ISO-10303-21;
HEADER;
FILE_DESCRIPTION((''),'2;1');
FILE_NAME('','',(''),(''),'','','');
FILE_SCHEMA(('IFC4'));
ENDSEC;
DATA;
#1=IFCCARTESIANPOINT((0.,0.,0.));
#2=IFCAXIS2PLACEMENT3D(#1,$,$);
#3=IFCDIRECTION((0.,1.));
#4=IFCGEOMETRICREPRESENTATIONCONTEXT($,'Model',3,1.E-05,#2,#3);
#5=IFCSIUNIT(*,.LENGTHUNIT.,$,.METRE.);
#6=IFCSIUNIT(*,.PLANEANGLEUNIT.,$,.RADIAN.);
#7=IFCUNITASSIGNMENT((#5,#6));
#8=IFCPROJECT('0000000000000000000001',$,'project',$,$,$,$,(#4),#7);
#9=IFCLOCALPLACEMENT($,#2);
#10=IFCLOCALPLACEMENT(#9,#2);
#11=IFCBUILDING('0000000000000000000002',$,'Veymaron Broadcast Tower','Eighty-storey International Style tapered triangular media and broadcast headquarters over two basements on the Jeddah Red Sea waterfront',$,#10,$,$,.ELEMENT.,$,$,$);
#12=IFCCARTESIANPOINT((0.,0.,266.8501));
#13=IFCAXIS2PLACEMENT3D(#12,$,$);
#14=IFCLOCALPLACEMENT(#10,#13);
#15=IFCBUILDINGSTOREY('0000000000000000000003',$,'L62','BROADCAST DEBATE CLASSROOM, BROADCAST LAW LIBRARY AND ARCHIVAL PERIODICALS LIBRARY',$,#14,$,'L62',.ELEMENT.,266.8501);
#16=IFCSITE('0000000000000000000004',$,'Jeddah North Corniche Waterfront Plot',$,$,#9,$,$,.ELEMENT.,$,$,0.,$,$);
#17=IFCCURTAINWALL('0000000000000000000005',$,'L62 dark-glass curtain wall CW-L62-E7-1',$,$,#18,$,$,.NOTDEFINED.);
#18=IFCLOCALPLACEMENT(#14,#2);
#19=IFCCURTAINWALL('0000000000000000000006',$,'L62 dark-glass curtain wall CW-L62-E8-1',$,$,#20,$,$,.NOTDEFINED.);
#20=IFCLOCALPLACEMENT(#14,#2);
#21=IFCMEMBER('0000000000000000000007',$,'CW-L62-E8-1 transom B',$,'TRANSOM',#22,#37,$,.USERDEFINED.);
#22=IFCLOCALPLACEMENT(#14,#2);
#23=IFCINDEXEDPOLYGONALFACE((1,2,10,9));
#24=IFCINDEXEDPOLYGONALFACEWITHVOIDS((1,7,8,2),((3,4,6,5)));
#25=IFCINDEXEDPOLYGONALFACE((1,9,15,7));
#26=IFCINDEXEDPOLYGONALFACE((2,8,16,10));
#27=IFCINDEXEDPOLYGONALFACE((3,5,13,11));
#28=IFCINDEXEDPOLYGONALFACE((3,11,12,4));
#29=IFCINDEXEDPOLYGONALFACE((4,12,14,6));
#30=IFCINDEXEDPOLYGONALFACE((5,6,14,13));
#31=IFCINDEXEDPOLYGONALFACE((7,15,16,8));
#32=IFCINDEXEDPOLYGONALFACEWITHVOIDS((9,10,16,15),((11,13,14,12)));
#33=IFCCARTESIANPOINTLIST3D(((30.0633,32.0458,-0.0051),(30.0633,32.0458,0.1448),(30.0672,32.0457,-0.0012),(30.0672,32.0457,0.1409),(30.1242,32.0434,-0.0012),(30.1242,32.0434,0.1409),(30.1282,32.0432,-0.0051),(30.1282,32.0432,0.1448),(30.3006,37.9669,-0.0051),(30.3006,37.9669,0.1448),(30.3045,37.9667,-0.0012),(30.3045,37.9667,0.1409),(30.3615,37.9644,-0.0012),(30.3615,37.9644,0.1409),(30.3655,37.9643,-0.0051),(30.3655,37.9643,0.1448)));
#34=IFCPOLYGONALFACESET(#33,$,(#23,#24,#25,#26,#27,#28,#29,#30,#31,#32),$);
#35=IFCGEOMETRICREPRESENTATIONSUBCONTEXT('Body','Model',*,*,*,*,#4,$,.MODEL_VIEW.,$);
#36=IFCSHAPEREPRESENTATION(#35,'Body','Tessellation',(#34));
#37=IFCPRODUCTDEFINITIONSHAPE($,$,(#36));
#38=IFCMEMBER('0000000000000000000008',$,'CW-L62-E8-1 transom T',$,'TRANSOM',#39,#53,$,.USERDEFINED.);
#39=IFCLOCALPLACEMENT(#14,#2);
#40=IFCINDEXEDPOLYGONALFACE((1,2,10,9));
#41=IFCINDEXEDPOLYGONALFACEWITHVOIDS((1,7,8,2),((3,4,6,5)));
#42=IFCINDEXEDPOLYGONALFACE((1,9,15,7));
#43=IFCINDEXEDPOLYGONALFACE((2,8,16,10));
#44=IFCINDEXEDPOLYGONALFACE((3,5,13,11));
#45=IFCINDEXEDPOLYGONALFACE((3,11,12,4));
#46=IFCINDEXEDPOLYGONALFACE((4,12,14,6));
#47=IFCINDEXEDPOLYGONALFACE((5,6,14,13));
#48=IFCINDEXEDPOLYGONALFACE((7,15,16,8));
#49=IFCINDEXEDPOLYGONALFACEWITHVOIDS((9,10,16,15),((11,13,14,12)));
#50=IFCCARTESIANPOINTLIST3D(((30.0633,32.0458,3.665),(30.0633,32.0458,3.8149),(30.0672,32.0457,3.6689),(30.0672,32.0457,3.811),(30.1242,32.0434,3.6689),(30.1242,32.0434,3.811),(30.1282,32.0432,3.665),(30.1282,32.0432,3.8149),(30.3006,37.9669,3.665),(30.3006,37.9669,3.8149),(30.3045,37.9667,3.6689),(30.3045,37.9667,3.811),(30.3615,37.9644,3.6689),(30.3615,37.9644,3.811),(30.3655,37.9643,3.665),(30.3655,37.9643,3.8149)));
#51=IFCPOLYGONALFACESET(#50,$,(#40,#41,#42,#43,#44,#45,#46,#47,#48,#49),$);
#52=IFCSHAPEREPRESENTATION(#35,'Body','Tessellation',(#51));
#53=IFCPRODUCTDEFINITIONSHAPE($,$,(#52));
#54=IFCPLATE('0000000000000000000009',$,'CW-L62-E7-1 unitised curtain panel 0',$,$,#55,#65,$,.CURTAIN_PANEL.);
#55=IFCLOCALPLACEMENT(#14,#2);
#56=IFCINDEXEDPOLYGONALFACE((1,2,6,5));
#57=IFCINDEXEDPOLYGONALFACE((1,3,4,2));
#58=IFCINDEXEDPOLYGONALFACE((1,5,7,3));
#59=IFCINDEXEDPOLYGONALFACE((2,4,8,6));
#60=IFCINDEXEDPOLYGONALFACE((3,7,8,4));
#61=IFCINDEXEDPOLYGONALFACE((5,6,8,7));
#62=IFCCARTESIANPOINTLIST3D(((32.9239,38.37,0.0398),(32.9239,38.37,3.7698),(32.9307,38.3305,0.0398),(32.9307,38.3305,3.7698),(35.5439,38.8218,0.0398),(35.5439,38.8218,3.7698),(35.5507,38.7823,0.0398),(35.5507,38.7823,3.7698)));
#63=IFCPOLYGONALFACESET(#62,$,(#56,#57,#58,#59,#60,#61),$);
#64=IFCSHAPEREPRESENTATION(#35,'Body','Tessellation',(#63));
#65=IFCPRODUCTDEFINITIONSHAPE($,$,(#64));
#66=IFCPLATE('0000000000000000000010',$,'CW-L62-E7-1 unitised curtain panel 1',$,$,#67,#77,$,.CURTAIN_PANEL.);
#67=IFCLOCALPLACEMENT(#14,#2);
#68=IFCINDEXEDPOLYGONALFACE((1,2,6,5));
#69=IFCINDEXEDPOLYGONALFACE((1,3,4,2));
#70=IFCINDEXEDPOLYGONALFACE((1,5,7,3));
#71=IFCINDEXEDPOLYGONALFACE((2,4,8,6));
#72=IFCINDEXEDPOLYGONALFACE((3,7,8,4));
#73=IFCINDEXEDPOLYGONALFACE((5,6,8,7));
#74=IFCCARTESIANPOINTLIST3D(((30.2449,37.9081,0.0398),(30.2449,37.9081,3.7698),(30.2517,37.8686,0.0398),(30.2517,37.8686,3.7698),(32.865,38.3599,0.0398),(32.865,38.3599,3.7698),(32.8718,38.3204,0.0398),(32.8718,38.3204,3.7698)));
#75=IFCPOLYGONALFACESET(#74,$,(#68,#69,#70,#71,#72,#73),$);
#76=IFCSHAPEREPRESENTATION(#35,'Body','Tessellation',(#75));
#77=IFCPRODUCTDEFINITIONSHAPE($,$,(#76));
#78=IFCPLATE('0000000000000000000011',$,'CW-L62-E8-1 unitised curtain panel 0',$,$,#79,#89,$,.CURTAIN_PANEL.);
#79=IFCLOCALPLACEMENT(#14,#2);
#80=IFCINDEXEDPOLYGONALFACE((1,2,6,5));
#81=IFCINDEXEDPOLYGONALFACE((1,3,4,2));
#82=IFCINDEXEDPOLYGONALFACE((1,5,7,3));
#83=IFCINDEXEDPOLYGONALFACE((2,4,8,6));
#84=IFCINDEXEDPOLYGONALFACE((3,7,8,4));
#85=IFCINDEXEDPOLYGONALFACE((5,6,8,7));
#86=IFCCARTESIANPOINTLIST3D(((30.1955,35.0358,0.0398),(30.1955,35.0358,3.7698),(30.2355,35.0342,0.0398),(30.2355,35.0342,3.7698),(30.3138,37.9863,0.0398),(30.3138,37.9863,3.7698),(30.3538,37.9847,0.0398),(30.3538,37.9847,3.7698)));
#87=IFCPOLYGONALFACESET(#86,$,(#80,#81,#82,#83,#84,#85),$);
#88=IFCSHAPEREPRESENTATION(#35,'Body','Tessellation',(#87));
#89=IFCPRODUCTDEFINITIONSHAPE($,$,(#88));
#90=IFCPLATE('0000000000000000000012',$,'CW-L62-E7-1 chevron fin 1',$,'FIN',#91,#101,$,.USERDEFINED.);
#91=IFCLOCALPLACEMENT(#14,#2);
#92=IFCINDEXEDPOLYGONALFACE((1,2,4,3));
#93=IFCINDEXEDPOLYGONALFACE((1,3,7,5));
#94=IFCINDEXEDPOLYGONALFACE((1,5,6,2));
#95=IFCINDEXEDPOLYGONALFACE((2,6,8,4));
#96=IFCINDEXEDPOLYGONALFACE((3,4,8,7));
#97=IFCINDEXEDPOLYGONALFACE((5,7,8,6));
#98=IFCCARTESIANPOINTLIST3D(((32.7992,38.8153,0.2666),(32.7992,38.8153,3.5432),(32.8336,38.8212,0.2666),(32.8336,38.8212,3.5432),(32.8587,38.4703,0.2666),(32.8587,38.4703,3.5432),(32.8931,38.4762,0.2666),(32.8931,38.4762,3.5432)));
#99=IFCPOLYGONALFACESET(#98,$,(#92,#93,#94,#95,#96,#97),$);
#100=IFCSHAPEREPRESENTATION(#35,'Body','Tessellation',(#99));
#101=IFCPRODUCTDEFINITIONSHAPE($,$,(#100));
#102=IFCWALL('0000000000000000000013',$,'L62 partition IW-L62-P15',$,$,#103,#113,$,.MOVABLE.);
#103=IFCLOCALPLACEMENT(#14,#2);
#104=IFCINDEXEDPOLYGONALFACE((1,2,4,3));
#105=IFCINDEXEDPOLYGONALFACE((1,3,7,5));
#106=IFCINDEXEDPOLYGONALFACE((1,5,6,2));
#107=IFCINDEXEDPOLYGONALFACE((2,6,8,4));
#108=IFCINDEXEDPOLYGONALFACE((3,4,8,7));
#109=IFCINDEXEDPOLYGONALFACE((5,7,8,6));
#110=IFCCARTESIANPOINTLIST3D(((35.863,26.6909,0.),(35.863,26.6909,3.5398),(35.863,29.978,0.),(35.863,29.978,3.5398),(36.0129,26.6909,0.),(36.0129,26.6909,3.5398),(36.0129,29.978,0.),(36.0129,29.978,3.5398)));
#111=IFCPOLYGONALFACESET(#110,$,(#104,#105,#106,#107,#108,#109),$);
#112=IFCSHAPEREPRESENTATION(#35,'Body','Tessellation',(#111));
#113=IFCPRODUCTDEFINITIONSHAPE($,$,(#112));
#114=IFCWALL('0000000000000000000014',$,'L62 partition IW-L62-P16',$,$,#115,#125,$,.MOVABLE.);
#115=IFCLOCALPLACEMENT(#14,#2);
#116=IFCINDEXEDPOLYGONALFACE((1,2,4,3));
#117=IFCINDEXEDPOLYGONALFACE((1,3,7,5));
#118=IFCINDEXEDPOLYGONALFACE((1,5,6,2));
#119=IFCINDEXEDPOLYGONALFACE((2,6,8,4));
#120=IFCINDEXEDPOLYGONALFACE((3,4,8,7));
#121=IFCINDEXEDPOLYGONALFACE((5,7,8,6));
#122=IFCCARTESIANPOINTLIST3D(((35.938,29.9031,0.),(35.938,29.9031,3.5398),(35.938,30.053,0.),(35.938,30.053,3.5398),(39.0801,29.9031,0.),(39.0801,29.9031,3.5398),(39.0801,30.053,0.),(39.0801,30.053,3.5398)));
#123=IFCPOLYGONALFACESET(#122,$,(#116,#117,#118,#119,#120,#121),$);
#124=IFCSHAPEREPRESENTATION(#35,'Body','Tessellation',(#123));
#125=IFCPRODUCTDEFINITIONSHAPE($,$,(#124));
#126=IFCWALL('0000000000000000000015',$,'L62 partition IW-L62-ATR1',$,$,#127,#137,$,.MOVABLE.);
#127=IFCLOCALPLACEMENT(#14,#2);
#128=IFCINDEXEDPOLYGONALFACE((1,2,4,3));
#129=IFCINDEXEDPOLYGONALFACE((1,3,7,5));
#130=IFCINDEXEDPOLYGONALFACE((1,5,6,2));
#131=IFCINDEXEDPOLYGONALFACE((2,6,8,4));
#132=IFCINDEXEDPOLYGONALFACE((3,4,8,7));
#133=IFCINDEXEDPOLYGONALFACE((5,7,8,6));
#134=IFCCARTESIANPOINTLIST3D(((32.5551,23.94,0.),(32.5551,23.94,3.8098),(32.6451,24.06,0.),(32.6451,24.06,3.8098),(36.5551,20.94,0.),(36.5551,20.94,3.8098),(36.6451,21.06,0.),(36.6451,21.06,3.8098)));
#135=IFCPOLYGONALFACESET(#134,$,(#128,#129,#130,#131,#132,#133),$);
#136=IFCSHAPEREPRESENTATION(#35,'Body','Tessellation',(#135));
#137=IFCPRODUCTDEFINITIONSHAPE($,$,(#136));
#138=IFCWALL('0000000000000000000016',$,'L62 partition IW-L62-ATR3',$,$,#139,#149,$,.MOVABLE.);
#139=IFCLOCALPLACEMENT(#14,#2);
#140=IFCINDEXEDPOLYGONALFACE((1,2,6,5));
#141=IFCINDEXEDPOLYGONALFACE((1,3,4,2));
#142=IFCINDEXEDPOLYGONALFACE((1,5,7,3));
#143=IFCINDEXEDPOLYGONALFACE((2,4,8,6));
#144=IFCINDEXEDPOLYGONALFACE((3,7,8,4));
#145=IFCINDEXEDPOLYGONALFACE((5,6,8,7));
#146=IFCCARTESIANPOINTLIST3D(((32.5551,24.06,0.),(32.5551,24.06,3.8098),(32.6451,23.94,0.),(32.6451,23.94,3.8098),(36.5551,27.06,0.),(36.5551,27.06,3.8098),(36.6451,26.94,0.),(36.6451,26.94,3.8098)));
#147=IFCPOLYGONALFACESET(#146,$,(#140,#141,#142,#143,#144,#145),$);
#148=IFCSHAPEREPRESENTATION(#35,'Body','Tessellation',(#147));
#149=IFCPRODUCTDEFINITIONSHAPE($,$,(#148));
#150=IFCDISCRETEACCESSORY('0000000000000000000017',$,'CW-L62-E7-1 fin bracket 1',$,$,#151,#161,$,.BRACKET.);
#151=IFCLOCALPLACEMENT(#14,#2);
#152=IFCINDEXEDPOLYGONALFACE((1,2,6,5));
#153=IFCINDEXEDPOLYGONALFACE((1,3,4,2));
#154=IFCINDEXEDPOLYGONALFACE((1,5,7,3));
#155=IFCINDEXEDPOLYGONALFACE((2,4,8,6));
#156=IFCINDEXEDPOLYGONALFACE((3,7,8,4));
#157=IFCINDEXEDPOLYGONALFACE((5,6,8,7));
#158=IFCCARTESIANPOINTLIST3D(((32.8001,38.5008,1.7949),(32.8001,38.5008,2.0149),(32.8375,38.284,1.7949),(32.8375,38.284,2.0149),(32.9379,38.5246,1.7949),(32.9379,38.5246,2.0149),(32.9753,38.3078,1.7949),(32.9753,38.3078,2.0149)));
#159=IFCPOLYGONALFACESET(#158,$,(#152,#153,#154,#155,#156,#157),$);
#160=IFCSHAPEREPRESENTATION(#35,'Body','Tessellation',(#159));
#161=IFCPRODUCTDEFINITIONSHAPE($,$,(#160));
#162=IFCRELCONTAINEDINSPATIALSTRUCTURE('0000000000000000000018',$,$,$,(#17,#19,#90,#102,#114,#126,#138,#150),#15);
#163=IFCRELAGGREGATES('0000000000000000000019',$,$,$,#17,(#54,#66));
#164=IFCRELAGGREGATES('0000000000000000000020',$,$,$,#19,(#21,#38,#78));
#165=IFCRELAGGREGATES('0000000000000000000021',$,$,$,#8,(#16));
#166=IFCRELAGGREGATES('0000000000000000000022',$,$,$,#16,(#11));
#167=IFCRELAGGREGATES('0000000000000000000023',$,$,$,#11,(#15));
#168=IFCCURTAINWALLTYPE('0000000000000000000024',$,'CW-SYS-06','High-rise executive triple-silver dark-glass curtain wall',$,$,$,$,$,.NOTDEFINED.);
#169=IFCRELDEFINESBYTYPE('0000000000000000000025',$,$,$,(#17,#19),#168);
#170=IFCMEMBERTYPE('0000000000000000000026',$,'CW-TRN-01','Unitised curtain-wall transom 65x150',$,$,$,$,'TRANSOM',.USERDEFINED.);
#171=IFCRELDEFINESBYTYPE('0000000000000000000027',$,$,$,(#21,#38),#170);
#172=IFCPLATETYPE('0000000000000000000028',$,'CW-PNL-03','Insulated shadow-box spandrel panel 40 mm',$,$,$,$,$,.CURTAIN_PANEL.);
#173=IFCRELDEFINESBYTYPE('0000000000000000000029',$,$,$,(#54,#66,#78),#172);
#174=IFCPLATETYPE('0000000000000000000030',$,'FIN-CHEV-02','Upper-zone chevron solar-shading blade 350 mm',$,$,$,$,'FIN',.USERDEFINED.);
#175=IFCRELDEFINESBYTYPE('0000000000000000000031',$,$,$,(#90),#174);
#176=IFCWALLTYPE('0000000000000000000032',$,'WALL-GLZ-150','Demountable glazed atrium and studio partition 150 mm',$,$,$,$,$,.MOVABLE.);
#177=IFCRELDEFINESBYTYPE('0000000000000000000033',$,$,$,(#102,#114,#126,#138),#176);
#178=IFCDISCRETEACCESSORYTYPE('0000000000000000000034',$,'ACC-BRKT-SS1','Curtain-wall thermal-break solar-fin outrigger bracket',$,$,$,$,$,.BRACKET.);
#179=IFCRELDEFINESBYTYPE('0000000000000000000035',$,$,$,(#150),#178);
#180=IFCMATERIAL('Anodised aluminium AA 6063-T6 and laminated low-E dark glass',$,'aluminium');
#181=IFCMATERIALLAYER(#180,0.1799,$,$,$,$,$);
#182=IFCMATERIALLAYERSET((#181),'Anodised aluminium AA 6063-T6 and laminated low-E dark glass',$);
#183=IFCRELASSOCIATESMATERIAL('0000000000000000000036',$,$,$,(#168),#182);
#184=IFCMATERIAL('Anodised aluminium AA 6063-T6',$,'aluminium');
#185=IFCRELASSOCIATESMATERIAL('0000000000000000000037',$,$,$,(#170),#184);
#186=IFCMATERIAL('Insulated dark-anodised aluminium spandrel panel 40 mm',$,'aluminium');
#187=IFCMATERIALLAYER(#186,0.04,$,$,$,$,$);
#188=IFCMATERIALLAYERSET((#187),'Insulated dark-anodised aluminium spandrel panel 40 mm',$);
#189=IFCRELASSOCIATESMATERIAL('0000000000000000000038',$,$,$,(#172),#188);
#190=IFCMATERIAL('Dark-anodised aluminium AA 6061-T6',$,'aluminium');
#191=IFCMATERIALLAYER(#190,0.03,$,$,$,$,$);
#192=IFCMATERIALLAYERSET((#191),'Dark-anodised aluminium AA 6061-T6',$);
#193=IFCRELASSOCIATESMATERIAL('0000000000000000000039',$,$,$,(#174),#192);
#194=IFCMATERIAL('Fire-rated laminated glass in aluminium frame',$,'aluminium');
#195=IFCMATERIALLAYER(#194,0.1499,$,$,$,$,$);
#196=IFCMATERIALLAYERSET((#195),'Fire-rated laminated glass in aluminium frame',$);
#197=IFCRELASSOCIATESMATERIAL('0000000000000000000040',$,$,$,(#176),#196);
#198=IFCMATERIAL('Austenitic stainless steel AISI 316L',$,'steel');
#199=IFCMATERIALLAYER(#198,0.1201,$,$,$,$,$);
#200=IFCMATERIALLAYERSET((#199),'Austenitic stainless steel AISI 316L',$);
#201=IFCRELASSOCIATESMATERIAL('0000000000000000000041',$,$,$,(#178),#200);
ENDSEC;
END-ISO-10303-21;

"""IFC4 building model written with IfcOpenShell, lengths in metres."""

from ifc_helpers import new_model, si_unit, direction, frame, frame_2d, origin, origin_2d, place, context, subcontext, project, spatial, rectangle, hollow_rectangle, extrude, material, layer, layer_set, material_profile, profile_set, type_object, element, aggregate, save


model = new_model("IFC4")

# Units and contexts
model_context = context("Model", 3, precision=1e-05, world=origin(), true_north=direction((0.0, 1.0)))
body_context = subcontext(model_context, "Body", "Model", "MODEL_VIEW")
ifc_project = project(units=[si_unit("LENGTHUNIT", "METRE"), si_unit("PLANEANGLEUNIT", "RADIAN")], contexts=[model_context])

# Site, building, storey
site_placement = place(None, origin())
site = spatial("IfcSite", under=ifc_project, at=site_placement, Name="Jeddah North Corniche Waterfront Plot", CompositionType="ELEMENT", RefElevation=0.0)
building_placement = place(site_placement, origin())
building = spatial("IfcBuilding", under=site, at=building_placement, Name="Veymaron Broadcast Tower", Description="Eighty-storey International Style tapered triangular media and broadcast headquarters over two basements on the Jeddah Red Sea waterfront", CompositionType="ELEMENT")
storey_placement = place(building_placement, frame((0.0, 0.0, 266.8501)))
storey = spatial("IfcBuildingStorey", under=building, at=storey_placement, Name="L62", Description="BROADCAST DEBATE CLASSROOM, BROADCAST LAW LIBRARY AND ARCHIVAL PERIODICALS LIBRARY", LongName="L62", CompositionType="ELEMENT", Elevation=266.8501)

# Shared definitions
ifc_material_1 = material(Name="Anodised aluminium AA 6063-T6 and laminated low-E dark glass", Category="aluminium")
ifc_layer_1 = layer(ifc_material_1, 0.1799)
ifc_layer_set_1 = layer_set([ifc_layer_1], Name="Anodised aluminium AA 6063-T6 and laminated low-E dark glass")
curtain_wall_type = type_object("IfcCurtainWallType", Name="CW-SYS-06", Description="High-rise executive triple-silver dark-glass curtain wall", PredefinedType="NOTDEFINED", material=ifc_layer_set_1)
ifc_material_2 = material(Name="Anodised aluminium AA 6063-T6", Category="aluminium")

# Curtain wall
curtain_wall_1_placement = place(storey_placement, origin())
curtain_wall_1 = element("IfcCurtainWall", 1, at=curtain_wall_1_placement, inside=storey, type_object=curtain_wall_type, Name="L62 dark-glass curtain wall CW-L62-E7-1", PredefinedType="NOTDEFINED")

# Curtain wall
curtain_wall_2_placement = place(storey_placement, origin())
curtain_wall_2 = element("IfcCurtainWall", 2, at=curtain_wall_2_placement, inside=storey, type_object=curtain_wall_type, Name="L62 dark-glass curtain wall CW-L62-E8-1", PredefinedType="NOTDEFINED")

# Members
ifc_material_profile_1 = material_profile(ifc_material_2, hollow_rectangle(XDim=0.0649, YDim=0.1499, WallThickness=0.0039, at=origin_2d()), Name="AL150X65X4")
ifc_profile_set_1 = profile_set([ifc_material_profile_1], Name="Anodised aluminium AA 6063-T6")
member_type_1 = type_object("IfcMemberType", Name="CW-TRN-01", Description="Unitised curtain-wall transom 65x150", ElementType="TRANSOM", PredefinedType="USERDEFINED", material=ifc_profile_set_1)
member_1_placement = place(storey_placement, frame((30.333, 37.9656, 0.0698), z_axis=(-0.040045, -0.999198, 0.0), x_axis=(0.999198, -0.040045, 0.0)))
member_1 = element("IfcMember", 3, at=member_1_placement, type_object=member_type_1, Name="CW-L62-E8-1 transom B", ObjectType="TRANSOM", PredefinedType="USERDEFINED", context=body_context, shape_type="SweptSolid", body=[
    extrude(hollow_rectangle(XDim=0.0649, YDim=0.1499, WallThickness=0.0039, at=origin_2d()), origin(), (0.0, 0.0, 1.0), 5.9258),
])
member_2_placement = place(storey_placement, frame((30.333, 37.9656, 3.74), z_axis=(-0.040045, -0.999198, 0.0), x_axis=(0.999198, -0.040045, 0.0)))
member_2 = element("IfcMember", 4, at=member_2_placement, type_object=member_type_1, Name="CW-L62-E8-1 transom T", ObjectType="TRANSOM", PredefinedType="USERDEFINED", context=body_context, shape_type="SweptSolid", body=[
    extrude(hollow_rectangle(XDim=0.0649, YDim=0.1499, WallThickness=0.0039, at=origin_2d()), origin(), (0.0, 0.0, 1.0), 5.9258),
])

# Plates
ifc_material_3 = material(Name="Insulated dark-anodised aluminium spandrel panel 40 mm", Category="aluminium")
ifc_layer_2 = layer(ifc_material_3, 0.04)
ifc_layer_set_2 = layer_set([ifc_layer_2], Name="Insulated dark-anodised aluminium spandrel panel 40 mm")
plate_type_1 = type_object("IfcPlateType", Name="CW-PNL-03", Description="Insulated shadow-box spandrel panel 40 mm", PredefinedType="CURTAIN_PANEL", material=ifc_layer_set_2)
plate_1_placement = place(storey_placement, frame((34.2373, 38.5762, 0.0398), z_axis=(0.0, 0.0, 1.0), x_axis=(-0.985455, -0.169934, 0.0)))
plate_1 = element("IfcPlate", 5, at=plate_1_placement, type_object=plate_type_1, Name="CW-L62-E7-1 unitised curtain panel 0", PredefinedType="CURTAIN_PANEL", context=body_context, shape_type="SweptSolid", body=[
    extrude(rectangle(XDim=2.6587, YDim=0.04, at=origin_2d()), origin(), (0.0, 0.0, 1.0), 3.73),
])
plate_2_placement = place(storey_placement, frame((31.5583, 38.1143, 0.0398), z_axis=(0.0, 0.0, 1.0), x_axis=(-0.985455, -0.169934, 0.0)))
plate_2 = element("IfcPlate", 6, at=plate_2_placement, type_object=plate_type_1, Name="CW-L62-E7-1 unitised curtain panel 1", PredefinedType="CURTAIN_PANEL", context=body_context, shape_type="SweptSolid", body=[
    extrude(rectangle(XDim=2.6587, YDim=0.04, at=origin_2d()), origin(), (0.0, 0.0, 1.0), 3.73),
])
aggregate(curtain_wall_1, [plate_1, plate_2])
plate_3_placement = place(storey_placement, frame((30.2747, 36.5103, 0.0398), z_axis=(0.0, 0.0, 1.0), x_axis=(-0.040045, -0.999198, 0.0)))
plate_3 = element("IfcPlate", 7, at=plate_3_placement, type_object=plate_type_1, Name="CW-L62-E8-1 unitised curtain panel 0", PredefinedType="CURTAIN_PANEL", context=body_context, shape_type="SweptSolid", body=[
    extrude(rectangle(XDim=2.9529, YDim=0.04, at=origin_2d()), origin(), (0.0, 0.0, 1.0), 3.73),
])
aggregate(curtain_wall_2, [member_1, member_2, plate_3])
ifc_material_4 = material(Name="Dark-anodised aluminium AA 6061-T6", Category="aluminium")
ifc_layer_3 = layer(ifc_material_4, 0.03)
ifc_layer_set_3 = layer_set([ifc_layer_3], Name="Dark-anodised aluminium AA 6061-T6")
plate_type_2 = type_object("IfcPlateType", Name="FIN-CHEV-02", Description="Upper-zone chevron solar-shading blade 350 mm", ElementType="FIN", PredefinedType="USERDEFINED", material=ifc_layer_set_3)
plate_4_placement = place(storey_placement, frame((32.8462, 38.6458, 0.2666), z_axis=(0.0, 0.0, 1.0), x_axis=(-0.169934, 0.985455, 0.0)))
element("IfcPlate", 8, at=plate_4_placement, inside=storey, type_object=plate_type_2, Name="CW-L62-E7-1 chevron fin 1", ObjectType="FIN", PredefinedType="USERDEFINED", context=body_context, shape_type="SweptSolid", body=[
    extrude(rectangle(XDim=0.3501, YDim=0.0349, at=origin_2d()), origin(), (0.0, 0.0, 1.0), 3.2766),
])

# Walls
ifc_material_5 = material(Name="Fire-rated laminated glass in aluminium frame", Category="aluminium")
ifc_layer_4 = layer(ifc_material_5, 0.1499)
ifc_layer_set_4 = layer_set([ifc_layer_4], Name="Fire-rated laminated glass in aluminium frame")
wall_type = type_object("IfcWallType", Name="WALL-GLZ-150", Description="Demountable glazed atrium and studio partition 150 mm", PredefinedType="MOVABLE", material=ifc_layer_set_4)
wall_1_placement = place(storey_placement, frame((35.938, 26.6909, 0.0), z_axis=(0.0, 0.0, 1.0), x_axis=(0.0, 1.0, 0.0)))
element("IfcWall", 9, at=wall_1_placement, inside=storey, type_object=wall_type, Name="L62 partition IW-L62-P15", PredefinedType="MOVABLE", context=body_context, shape_type="SweptSolid", body=[
    extrude(rectangle(XDim=3.2871, YDim=0.1499, at=frame_2d((1.6436, 0.0))), origin(), (0.0, 0.0, 1.0), 3.5398),
])
wall_2_placement = place(storey_placement, frame((35.938, 29.978, 0.0), z_axis=(0.0, 0.0, 1.0), x_axis=(1.0, 0.0, 0.0)))
element("IfcWall", 10, at=wall_2_placement, inside=storey, type_object=wall_type, Name="L62 partition IW-L62-P16", PredefinedType="MOVABLE", context=body_context, shape_type="SweptSolid", body=[
    extrude(rectangle(XDim=3.1421, YDim=0.1499, at=frame_2d((1.571, 0.0))), origin(), (0.0, 0.0, 1.0), 3.5398),
])
for number, where, z_axis, x_axis, name in (
    (11, (32.6001, 24.0, 0.0), (0.0, 0.0, 1.0), (0.8, -0.6, 0.0), "L62 partition IW-L62-ATR1"),
    (12, (36.6001, 27.0, 0.0), (0.0, 0.0, 1.0), (-0.8, -0.6, 0.0), "L62 partition IW-L62-ATR3"),
):
    element("IfcWall", number, at=place(storey_placement, frame(where, z_axis=z_axis, x_axis=x_axis)), inside=storey, type_object=wall_type, Name=name, PredefinedType="MOVABLE", context=body_context, shape_type="SweptSolid", body=[
        extrude(rectangle(XDim=5.0, YDim=0.1499, at=frame_2d((2.5, 0.0))), origin(), (0.0, 0.0, 1.0), 3.8098),
    ])

# Discrete accessory
ifc_material_6 = material(Name="Austenitic stainless steel AISI 316L", Category="steel")
ifc_layer_5 = layer(ifc_material_6, 0.1201)
ifc_layer_set_5 = layer_set([ifc_layer_5], Name="Austenitic stainless steel AISI 316L")
discrete_accessory_type = type_object("IfcDiscreteAccessoryType", Name="ACC-BRKT-SS1", Description="Curtain-wall thermal-break solar-fin outrigger bracket", PredefinedType="BRACKET", material=ifc_layer_set_5)
discrete_accessory_placement = place(storey_placement, frame((32.8877, 38.4043, 1.7949), z_axis=(0.0, 0.0, 1.0), x_axis=(-0.169934, 0.985455, 0.0)))
element("IfcDiscreteAccessory", 13, at=discrete_accessory_placement, inside=storey, type_object=discrete_accessory_type, Name="CW-L62-E7-1 fin bracket 1", PredefinedType="BRACKET", context=body_context, shape_type="SweptSolid", body=[
    extrude(rectangle(XDim=0.22, YDim=0.1399, at=origin_2d()), origin(), (0.0, 0.0, 1.0), 0.22),
])

save(model, "model.ifc")
